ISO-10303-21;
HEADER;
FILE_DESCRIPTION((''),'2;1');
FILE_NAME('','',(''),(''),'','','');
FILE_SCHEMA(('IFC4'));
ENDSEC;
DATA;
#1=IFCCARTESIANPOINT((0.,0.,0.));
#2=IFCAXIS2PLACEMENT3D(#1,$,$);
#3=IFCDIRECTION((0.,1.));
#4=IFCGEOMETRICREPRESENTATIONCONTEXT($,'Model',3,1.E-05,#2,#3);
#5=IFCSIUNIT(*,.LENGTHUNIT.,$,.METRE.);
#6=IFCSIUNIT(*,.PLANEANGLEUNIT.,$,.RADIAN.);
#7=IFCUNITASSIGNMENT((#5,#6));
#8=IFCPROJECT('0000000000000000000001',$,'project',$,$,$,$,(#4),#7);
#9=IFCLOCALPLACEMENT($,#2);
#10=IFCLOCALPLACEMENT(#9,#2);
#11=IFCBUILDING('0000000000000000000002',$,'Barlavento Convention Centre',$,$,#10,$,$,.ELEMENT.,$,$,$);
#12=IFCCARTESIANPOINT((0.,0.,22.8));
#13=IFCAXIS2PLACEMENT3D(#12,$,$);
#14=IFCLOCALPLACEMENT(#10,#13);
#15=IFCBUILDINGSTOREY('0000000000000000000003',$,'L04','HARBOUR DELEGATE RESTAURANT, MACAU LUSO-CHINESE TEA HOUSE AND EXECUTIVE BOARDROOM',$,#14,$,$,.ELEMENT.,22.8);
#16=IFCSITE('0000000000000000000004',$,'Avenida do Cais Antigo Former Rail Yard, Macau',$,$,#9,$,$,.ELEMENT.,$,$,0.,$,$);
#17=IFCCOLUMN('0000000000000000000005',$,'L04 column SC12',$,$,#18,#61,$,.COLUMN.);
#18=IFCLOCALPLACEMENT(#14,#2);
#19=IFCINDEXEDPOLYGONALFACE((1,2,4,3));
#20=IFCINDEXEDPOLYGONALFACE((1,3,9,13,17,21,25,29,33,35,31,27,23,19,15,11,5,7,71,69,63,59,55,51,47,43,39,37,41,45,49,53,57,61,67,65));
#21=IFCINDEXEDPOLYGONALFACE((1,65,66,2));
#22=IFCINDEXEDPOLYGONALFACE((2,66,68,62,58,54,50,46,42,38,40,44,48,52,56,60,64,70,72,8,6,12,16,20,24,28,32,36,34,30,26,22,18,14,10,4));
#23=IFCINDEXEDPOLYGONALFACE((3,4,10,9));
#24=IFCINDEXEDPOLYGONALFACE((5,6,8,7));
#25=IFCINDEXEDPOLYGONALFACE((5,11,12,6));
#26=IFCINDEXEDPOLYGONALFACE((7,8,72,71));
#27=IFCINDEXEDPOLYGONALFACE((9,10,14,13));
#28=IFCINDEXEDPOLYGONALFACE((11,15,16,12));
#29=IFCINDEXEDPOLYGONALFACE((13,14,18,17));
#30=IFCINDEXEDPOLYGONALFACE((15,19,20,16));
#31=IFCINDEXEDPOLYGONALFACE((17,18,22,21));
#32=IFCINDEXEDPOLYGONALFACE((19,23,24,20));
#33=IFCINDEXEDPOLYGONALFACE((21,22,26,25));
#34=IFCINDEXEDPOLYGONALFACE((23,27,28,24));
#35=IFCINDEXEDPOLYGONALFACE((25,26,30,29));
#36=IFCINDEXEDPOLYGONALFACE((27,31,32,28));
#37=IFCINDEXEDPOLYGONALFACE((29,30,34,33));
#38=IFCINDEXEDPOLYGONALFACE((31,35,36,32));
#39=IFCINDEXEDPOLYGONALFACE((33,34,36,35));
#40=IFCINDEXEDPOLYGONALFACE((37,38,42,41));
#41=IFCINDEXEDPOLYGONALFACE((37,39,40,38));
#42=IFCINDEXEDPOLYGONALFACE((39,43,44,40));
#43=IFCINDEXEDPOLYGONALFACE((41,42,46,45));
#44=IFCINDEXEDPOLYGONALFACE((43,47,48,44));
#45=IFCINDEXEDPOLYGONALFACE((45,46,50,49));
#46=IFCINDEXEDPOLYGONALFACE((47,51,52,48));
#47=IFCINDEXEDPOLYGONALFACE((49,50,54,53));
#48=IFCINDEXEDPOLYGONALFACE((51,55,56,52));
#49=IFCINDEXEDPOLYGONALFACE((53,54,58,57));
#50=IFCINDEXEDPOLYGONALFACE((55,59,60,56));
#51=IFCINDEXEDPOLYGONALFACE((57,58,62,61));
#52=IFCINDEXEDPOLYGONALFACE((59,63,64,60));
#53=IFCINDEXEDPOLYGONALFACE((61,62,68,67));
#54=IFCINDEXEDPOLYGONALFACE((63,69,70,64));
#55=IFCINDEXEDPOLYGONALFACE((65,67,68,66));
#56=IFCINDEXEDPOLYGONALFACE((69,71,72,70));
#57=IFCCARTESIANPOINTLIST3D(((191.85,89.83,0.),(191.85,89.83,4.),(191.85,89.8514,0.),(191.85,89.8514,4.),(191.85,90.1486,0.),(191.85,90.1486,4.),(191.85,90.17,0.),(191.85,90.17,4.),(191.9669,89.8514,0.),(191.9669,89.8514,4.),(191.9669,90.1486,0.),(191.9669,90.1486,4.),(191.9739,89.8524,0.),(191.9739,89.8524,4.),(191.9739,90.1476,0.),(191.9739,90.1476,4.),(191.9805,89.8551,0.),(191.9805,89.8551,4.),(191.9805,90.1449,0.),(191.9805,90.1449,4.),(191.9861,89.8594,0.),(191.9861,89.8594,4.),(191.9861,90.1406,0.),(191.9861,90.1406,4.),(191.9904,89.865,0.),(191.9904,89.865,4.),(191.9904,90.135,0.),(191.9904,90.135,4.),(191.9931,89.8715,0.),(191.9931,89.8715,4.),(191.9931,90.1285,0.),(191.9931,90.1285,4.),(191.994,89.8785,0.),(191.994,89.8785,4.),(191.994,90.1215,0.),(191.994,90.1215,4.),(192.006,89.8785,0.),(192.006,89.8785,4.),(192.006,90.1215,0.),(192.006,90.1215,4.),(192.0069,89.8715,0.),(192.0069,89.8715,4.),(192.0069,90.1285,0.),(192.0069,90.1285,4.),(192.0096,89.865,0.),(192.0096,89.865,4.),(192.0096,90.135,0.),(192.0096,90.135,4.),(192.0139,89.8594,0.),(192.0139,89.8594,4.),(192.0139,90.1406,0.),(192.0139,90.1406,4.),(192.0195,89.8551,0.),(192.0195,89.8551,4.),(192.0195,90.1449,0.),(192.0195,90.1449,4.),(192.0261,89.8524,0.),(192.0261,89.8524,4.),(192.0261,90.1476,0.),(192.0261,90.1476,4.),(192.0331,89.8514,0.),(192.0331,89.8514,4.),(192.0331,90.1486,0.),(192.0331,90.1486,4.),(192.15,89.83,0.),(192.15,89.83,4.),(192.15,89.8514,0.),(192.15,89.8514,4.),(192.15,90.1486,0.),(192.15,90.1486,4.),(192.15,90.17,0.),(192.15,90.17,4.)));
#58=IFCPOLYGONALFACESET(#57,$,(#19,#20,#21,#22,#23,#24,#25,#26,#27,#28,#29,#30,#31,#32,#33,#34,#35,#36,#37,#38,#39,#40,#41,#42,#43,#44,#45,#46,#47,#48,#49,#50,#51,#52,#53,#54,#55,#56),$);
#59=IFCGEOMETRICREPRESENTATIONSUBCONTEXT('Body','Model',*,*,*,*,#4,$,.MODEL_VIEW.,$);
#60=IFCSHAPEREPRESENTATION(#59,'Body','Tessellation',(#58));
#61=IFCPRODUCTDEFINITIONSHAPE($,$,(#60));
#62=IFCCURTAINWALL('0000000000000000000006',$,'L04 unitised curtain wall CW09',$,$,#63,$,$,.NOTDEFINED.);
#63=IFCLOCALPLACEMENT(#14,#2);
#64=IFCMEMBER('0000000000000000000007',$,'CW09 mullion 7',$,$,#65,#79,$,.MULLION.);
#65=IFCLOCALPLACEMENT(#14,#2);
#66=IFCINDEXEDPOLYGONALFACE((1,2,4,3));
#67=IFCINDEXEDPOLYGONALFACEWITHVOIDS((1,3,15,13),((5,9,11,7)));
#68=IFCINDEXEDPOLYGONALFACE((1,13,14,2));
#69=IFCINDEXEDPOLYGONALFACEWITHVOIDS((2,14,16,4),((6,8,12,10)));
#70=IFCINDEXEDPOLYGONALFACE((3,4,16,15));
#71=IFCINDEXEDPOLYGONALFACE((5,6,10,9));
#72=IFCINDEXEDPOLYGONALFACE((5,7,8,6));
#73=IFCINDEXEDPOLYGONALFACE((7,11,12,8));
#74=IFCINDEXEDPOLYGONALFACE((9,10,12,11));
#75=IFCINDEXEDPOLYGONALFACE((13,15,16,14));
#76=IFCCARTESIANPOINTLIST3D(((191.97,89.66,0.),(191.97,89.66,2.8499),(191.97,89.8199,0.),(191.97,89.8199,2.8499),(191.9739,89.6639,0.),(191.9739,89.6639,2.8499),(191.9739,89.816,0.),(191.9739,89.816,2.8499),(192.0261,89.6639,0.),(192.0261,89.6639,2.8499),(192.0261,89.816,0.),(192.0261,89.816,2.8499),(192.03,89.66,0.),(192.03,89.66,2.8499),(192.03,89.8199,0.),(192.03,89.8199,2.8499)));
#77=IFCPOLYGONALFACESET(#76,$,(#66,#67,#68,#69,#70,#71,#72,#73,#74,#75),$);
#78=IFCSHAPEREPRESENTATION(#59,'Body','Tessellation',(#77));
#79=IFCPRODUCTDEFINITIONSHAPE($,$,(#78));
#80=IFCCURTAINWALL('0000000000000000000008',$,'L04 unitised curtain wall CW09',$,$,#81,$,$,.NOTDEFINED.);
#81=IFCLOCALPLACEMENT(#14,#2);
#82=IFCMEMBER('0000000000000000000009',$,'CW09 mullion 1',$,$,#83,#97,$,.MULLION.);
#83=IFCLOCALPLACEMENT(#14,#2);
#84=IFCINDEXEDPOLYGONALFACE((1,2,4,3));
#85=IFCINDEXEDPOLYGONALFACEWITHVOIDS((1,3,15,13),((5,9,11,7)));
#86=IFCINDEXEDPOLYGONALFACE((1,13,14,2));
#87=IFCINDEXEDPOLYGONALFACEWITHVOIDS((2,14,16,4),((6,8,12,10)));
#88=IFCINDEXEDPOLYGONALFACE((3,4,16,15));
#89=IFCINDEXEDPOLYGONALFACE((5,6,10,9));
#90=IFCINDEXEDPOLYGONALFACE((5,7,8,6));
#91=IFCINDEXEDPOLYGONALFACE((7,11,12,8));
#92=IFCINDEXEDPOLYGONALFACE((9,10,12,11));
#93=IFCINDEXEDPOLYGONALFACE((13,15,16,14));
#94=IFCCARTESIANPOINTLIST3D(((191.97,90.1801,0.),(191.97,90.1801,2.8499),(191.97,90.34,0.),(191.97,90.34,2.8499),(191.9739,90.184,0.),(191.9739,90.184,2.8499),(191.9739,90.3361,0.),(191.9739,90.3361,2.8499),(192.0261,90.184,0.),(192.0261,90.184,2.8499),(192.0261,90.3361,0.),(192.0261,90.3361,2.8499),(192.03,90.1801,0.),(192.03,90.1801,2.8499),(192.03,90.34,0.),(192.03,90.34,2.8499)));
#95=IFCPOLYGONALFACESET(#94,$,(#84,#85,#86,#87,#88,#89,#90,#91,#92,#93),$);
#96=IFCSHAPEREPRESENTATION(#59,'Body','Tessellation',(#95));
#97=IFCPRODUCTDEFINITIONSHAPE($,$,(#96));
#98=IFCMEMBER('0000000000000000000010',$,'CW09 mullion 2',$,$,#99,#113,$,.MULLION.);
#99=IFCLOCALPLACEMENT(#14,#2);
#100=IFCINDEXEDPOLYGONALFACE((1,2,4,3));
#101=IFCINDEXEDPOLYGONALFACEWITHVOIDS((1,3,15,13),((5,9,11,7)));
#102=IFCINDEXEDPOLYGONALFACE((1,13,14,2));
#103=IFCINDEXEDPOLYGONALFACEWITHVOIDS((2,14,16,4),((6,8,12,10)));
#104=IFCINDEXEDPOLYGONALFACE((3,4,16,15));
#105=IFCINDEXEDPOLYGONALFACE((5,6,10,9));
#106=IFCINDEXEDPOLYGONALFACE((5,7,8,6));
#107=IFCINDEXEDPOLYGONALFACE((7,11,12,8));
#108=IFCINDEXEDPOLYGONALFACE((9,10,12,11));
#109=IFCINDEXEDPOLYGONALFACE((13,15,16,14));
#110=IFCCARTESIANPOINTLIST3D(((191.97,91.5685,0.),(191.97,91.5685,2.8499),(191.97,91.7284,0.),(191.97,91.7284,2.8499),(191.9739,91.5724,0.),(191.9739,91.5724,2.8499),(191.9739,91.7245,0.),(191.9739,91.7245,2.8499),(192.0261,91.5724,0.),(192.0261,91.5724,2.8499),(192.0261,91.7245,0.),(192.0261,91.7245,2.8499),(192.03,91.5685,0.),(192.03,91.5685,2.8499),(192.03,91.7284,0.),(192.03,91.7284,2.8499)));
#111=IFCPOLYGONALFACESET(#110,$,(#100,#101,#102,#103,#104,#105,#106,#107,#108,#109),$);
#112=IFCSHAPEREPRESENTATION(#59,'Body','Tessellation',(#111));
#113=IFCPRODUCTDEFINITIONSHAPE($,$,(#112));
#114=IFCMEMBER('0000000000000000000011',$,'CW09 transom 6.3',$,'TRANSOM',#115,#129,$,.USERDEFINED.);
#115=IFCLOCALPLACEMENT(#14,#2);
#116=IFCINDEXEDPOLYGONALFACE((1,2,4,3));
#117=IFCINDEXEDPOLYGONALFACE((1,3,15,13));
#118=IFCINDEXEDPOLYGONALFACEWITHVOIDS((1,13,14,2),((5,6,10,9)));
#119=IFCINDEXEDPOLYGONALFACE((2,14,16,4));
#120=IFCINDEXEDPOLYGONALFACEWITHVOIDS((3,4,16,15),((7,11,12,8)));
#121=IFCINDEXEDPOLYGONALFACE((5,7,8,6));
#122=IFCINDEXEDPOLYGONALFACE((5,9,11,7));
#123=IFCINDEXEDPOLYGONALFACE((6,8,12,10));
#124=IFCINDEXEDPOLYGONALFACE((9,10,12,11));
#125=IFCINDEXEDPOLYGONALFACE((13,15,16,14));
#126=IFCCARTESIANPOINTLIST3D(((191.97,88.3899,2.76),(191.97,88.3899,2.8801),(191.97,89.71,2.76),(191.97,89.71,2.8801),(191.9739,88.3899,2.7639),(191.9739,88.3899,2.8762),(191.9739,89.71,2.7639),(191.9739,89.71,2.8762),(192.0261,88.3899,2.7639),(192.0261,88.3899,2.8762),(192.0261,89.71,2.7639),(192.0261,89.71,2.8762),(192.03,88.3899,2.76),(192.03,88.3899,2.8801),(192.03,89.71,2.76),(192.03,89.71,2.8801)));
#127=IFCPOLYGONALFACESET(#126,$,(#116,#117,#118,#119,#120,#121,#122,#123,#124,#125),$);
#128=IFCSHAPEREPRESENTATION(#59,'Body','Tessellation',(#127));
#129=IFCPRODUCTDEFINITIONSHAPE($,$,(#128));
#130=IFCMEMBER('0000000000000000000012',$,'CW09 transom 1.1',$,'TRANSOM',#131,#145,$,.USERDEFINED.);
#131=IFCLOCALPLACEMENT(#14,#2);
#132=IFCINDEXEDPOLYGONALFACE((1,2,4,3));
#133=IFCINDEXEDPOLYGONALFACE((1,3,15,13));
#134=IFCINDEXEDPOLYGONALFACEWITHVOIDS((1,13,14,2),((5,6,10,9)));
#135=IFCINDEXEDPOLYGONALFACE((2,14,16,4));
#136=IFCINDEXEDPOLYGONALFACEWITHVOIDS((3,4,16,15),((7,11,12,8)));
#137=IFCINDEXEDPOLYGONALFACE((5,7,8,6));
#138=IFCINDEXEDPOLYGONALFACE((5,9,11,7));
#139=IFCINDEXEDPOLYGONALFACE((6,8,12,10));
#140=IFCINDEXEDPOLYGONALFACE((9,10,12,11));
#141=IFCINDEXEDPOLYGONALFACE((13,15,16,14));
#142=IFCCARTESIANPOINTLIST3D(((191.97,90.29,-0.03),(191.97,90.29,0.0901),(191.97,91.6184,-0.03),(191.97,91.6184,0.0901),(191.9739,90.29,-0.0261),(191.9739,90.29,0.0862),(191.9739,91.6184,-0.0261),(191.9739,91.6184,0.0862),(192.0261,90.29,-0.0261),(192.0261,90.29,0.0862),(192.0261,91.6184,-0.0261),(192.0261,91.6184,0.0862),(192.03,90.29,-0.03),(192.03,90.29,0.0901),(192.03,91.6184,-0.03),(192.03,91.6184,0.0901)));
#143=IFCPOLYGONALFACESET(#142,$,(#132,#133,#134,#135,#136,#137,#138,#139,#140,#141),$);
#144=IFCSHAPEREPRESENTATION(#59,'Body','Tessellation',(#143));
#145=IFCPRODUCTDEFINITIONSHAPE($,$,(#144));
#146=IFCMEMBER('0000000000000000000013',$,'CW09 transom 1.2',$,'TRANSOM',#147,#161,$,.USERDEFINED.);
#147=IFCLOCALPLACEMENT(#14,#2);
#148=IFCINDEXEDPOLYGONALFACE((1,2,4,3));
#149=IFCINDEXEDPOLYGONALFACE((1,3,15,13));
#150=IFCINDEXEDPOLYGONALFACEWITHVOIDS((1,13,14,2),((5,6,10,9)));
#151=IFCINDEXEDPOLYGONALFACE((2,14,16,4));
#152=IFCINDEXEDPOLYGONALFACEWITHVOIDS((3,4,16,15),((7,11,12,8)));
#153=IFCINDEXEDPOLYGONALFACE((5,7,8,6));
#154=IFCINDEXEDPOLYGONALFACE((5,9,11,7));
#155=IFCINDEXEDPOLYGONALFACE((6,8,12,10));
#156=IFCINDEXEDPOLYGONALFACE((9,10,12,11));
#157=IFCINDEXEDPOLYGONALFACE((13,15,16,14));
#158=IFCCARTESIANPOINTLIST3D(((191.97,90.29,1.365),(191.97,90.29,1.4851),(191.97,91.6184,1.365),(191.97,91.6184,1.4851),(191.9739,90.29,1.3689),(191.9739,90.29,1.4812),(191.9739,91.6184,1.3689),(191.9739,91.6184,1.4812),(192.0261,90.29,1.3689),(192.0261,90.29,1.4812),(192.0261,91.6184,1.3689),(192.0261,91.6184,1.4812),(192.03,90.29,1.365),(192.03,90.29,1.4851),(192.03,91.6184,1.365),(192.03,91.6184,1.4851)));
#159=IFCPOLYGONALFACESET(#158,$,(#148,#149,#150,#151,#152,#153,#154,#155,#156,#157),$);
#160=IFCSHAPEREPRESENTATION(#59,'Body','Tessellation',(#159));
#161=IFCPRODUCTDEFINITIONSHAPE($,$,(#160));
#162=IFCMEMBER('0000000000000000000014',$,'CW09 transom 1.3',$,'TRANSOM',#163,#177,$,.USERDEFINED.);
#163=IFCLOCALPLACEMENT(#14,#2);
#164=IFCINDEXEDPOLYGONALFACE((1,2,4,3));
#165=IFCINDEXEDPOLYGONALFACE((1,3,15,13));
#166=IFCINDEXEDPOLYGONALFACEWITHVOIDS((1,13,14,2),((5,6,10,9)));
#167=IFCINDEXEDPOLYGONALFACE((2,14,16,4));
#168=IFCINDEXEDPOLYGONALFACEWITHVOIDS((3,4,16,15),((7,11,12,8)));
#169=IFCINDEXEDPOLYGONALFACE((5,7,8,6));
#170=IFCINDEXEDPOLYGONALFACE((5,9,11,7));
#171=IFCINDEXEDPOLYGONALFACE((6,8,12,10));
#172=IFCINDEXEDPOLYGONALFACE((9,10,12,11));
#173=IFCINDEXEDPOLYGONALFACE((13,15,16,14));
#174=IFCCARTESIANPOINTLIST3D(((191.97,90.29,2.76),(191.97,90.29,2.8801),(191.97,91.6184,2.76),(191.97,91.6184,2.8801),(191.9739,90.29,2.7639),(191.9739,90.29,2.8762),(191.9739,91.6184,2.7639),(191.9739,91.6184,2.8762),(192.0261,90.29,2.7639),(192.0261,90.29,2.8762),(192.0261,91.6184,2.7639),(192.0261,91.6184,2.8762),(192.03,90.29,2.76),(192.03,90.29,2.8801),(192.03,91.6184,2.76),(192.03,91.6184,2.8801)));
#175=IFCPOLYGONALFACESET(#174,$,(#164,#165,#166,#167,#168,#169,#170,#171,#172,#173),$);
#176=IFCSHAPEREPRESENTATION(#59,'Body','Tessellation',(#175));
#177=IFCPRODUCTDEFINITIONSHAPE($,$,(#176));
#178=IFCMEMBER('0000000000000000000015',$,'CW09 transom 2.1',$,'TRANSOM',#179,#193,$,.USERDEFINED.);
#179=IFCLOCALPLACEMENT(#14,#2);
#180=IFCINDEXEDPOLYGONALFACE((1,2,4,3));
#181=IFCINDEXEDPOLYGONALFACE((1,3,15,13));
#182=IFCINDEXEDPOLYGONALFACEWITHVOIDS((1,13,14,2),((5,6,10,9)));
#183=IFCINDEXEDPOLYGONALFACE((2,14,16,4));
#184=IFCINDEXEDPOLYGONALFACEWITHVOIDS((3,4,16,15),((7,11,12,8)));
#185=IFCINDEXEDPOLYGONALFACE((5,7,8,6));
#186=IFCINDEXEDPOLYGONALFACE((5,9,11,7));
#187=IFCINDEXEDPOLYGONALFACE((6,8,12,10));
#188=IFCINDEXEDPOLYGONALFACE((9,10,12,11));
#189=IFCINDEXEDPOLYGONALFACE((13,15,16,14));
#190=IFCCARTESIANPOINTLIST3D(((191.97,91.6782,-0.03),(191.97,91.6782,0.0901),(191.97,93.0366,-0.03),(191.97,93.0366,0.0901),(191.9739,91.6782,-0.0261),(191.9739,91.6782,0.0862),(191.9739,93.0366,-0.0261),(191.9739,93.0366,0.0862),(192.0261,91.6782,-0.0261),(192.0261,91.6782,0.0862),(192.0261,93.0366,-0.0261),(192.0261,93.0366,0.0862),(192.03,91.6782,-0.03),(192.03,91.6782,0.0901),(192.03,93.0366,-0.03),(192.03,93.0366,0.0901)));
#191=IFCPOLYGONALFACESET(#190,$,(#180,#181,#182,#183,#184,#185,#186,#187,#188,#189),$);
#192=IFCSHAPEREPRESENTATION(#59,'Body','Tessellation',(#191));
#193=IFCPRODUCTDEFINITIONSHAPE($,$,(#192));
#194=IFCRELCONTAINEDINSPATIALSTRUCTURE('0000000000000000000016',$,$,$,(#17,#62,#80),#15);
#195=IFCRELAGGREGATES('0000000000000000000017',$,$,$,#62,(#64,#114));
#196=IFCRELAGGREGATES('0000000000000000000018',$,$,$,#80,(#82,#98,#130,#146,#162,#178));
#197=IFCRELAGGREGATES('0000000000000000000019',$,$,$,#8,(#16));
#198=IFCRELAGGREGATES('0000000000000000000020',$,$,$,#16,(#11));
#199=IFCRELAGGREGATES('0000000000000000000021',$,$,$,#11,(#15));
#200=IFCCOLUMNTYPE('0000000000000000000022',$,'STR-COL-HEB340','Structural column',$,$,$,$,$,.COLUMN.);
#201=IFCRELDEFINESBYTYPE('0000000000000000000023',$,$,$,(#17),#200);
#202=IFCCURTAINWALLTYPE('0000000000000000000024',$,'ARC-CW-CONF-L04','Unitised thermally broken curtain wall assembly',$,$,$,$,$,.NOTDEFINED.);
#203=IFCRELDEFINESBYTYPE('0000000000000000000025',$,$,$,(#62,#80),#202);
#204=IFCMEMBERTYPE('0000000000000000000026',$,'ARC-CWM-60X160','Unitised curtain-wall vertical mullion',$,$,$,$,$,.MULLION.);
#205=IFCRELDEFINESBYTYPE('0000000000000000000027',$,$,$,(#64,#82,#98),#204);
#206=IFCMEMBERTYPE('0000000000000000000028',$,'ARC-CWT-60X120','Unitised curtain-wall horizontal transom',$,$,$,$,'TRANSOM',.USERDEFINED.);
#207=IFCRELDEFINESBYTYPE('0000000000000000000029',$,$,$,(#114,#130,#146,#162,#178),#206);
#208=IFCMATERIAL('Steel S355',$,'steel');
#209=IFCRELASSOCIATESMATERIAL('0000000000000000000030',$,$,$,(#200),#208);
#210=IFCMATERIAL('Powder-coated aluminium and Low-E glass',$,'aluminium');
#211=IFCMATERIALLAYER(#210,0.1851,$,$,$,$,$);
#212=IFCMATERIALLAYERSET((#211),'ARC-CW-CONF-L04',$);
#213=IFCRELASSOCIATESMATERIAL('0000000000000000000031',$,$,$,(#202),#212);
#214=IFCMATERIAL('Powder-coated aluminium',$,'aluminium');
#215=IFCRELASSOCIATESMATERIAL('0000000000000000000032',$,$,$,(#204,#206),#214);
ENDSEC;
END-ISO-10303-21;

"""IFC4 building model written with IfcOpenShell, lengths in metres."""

from ifc_helpers import new_model, si_unit, direction, frame, origin, origin_2d, place, context, subcontext, project, spatial, hollow_rectangle, i_section, extrude, material, layer, layer_set, material_profile, profile_set, type_object, element, aggregate, save


model = new_model("IFC4")

# Units and contexts
model_context = context("Model", 3, precision=1e-05, world=origin(), true_north=direction((0.0, 1.0)))
body_context = subcontext(model_context, "Body", "Model", "MODEL_VIEW")
ifc_project = project(units=[si_unit("LENGTHUNIT", "METRE"), si_unit("PLANEANGLEUNIT", "RADIAN")], contexts=[model_context])

# Site, building, storey
site_placement = place(None, origin())
site = spatial("IfcSite", under=ifc_project, at=site_placement, Name="Avenida do Cais Antigo Former Rail Yard, Macau", CompositionType="ELEMENT", RefElevation=0.0)
building_placement = place(site_placement, origin())
building = spatial("IfcBuilding", under=site, at=building_placement, Name="Barlavento Convention Centre", CompositionType="ELEMENT")
storey_placement = place(building_placement, frame((0.0, 0.0, 22.8)))
storey = spatial("IfcBuildingStorey", under=building, at=storey_placement, Name="L04", Description="HARBOUR DELEGATE RESTAURANT, MACAU LUSO-CHINESE TEA HOUSE AND EXECUTIVE BOARDROOM", CompositionType="ELEMENT", Elevation=22.8)

# Column
ifc_material_1 = material(Name="Steel S355", Category="steel")
ifc_material_profile_1 = material_profile(ifc_material_1, i_section(OverallWidth=0.3, OverallDepth=0.3401, WebThickness=0.012, FlangeThickness=0.0215, FilletRadius=0.0271, at=origin_2d()), Name="HEB 340")
ifc_profile_set_1 = profile_set([ifc_material_profile_1], Name="Steel S355")
column_type = type_object("IfcColumnType", Name="STR-COL-HEB340", Description="Structural column", PredefinedType="COLUMN", material=ifc_profile_set_1)
column_placement = place(storey_placement, frame((192.0, 90.0, 0.0), z_axis=(0.0, 0.0, 1.0), x_axis=(1.0, 0.0, 0.0)))
element("IfcColumn", 1, at=column_placement, inside=storey, type_object=column_type, Name="L04 column SC12", PredefinedType="COLUMN", context=body_context, shape_type="SweptSolid", body=[
    extrude(i_section(OverallWidth=0.3, OverallDepth=0.3401, WebThickness=0.012, FlangeThickness=0.0215, FilletRadius=0.0271, at=origin_2d()), origin(), (0.0, 0.0, 1.0), 4.0),
])

# Curtain wall, member
ifc_material_2 = material(Name="Powder-coated aluminium and Low-E glass", Category="aluminium")
ifc_layer_1 = layer(ifc_material_2, 0.1851)
ifc_layer_set_1 = layer_set([ifc_layer_1], Name="ARC-CW-CONF-L04")
curtain_wall_type = type_object("IfcCurtainWallType", Name="ARC-CW-CONF-L04", Description="Unitised thermally broken curtain wall assembly", PredefinedType="NOTDEFINED", material=ifc_layer_set_1)
curtain_wall_1_placement = place(storey_placement, origin())
curtain_wall_1 = element("IfcCurtainWall", 2, at=curtain_wall_1_placement, inside=storey, type_object=curtain_wall_type, Name="L04 unitised curtain wall CW09", PredefinedType="NOTDEFINED")
ifc_material_3 = material(Name="Powder-coated aluminium", Category="aluminium")
ifc_material_profile_2 = material_profile(ifc_material_3, hollow_rectangle(XDim=0.0601, YDim=0.1599, WallThickness=0.0039, at=origin_2d()), Name="AL-MULL 60x160x4")
ifc_profile_set_2 = profile_set([ifc_material_profile_2], Name="Powder-coated aluminium")
member_type_1 = type_object("IfcMemberType", Name="ARC-CWM-60X160", Description="Unitised curtain-wall vertical mullion", PredefinedType="MULLION", material=ifc_profile_set_2)
member_1_placement = place(storey_placement, frame((192.0, 89.74, 0.0), z_axis=(0.0, 0.0, 1.0), x_axis=(-1.0, 0.0, 0.0)))
member_1 = element("IfcMember", 3, at=member_1_placement, type_object=member_type_1, Name="CW09 mullion 7", PredefinedType="MULLION", context=body_context, shape_type="SweptSolid", body=[
    extrude(hollow_rectangle(XDim=0.0601, YDim=0.1599, WallThickness=0.0039, at=origin_2d()), origin(), (0.0, 0.0, 1.0), 2.8499),
])

# Curtain wall, members
curtain_wall_2_placement = place(storey_placement, origin())
curtain_wall_2 = element("IfcCurtainWall", 4, at=curtain_wall_2_placement, inside=storey, type_object=curtain_wall_type, Name="L04 unitised curtain wall CW09", PredefinedType="NOTDEFINED")
member_2_placement = place(storey_placement, frame((192.0, 90.26, 0.0), z_axis=(0.0, 0.0, 1.0), x_axis=(-1.0, 0.0, 0.0)))
member_2 = element("IfcMember", 5, at=member_2_placement, type_object=member_type_1, Name="CW09 mullion 1", PredefinedType="MULLION", context=body_context, shape_type="SweptSolid", body=[
    extrude(hollow_rectangle(XDim=0.0601, YDim=0.1599, WallThickness=0.0039, at=origin_2d()), origin(), (0.0, 0.0, 1.0), 2.8499),
])
member_3_placement = place(storey_placement, frame((192.0, 91.6484, 0.0), z_axis=(0.0, 0.0, 1.0), x_axis=(-1.0, 0.0, 0.0)))
member_3 = element("IfcMember", 6, at=member_3_placement, type_object=member_type_1, Name="CW09 mullion 2", PredefinedType="MULLION", context=body_context, shape_type="SweptSolid", body=[
    extrude(hollow_rectangle(XDim=0.0601, YDim=0.1599, WallThickness=0.0039, at=origin_2d()), origin(), (0.0, 0.0, 1.0), 2.8499),
])

# Members
ifc_material_profile_3 = material_profile(ifc_material_3, hollow_rectangle(XDim=0.0601, YDim=0.1201, WallThickness=0.0039, at=origin_2d()), Name="AL-TRAN 60x120x4")
ifc_profile_set_3 = profile_set([ifc_material_profile_3], Name="Powder-coated aluminium")
member_type_2 = type_object("IfcMemberType", Name="ARC-CWT-60X120", Description="Unitised curtain-wall horizontal transom", ElementType="TRANSOM", PredefinedType="USERDEFINED", material=ifc_profile_set_3)
member_4_placement = place(storey_placement, frame((192.0, 88.3899, 2.8201), z_axis=(0.0, 1.0, 0.0), x_axis=(-1.0, 0.0, 0.0)))
member_4 = element("IfcMember", 7, at=member_4_placement, type_object=member_type_2, Name="CW09 transom 6.3", ObjectType="TRANSOM", PredefinedType="USERDEFINED", context=body_context, shape_type="SweptSolid", body=[
    extrude(hollow_rectangle(XDim=0.0601, YDim=0.1201, WallThickness=0.0039, at=origin_2d()), origin(), (0.0, 0.0, 1.0), 1.3201),
])
member_5_placement = place(storey_placement, frame((192.0, 90.29, 0.03), z_axis=(0.0, 1.0, 0.0), x_axis=(-1.0, 0.0, 0.0)))
member_5 = element("IfcMember", 8, at=member_5_placement, type_object=member_type_2, Name="CW09 transom 1.1", ObjectType="TRANSOM", PredefinedType="USERDEFINED", context=body_context, shape_type="SweptSolid", body=[
    extrude(hollow_rectangle(XDim=0.0601, YDim=0.1201, WallThickness=0.0039, at=origin_2d()), origin(), (0.0, 0.0, 1.0), 1.3284),
])
member_6_placement = place(storey_placement, frame((192.0, 90.29, 1.425), z_axis=(0.0, 1.0, 0.0), x_axis=(-1.0, 0.0, 0.0)))
member_6 = element("IfcMember", 9, at=member_6_placement, type_object=member_type_2, Name="CW09 transom 1.2", ObjectType="TRANSOM", PredefinedType="USERDEFINED", context=body_context, shape_type="SweptSolid", body=[
    extrude(hollow_rectangle(XDim=0.0601, YDim=0.1201, WallThickness=0.0039, at=origin_2d()), origin(), (0.0, 0.0, 1.0), 1.3284),
])
member_7_placement = place(storey_placement, frame((192.0, 90.29, 2.8201), z_axis=(0.0, 1.0, 0.0), x_axis=(-1.0, 0.0, 0.0)))
member_7 = element("IfcMember", 10, at=member_7_placement, type_object=member_type_2, Name="CW09 transom 1.3", ObjectType="TRANSOM", PredefinedType="USERDEFINED", context=body_context, shape_type="SweptSolid", body=[
    extrude(hollow_rectangle(XDim=0.0601, YDim=0.1201, WallThickness=0.0039, at=origin_2d()), origin(), (0.0, 0.0, 1.0), 1.3284),
])
member_8_placement = place(storey_placement, frame((192.0, 91.6782, 0.03), z_axis=(0.0, 1.0, 0.0), x_axis=(-1.0, 0.0, 0.0)))
member_8 = element("IfcMember", 11, at=member_8_placement, type_object=member_type_2, Name="CW09 transom 2.1", ObjectType="TRANSOM", PredefinedType="USERDEFINED", context=body_context, shape_type="SweptSolid", body=[
    extrude(hollow_rectangle(XDim=0.0601, YDim=0.1201, WallThickness=0.0039, at=origin_2d()), origin(), (0.0, 0.0, 1.0), 1.3584),
])

aggregate(curtain_wall_1, [member_1, member_4])
aggregate(curtain_wall_2, [member_2, member_3, member_5, member_6, member_7, member_8])

save(model, "model.ifc")
